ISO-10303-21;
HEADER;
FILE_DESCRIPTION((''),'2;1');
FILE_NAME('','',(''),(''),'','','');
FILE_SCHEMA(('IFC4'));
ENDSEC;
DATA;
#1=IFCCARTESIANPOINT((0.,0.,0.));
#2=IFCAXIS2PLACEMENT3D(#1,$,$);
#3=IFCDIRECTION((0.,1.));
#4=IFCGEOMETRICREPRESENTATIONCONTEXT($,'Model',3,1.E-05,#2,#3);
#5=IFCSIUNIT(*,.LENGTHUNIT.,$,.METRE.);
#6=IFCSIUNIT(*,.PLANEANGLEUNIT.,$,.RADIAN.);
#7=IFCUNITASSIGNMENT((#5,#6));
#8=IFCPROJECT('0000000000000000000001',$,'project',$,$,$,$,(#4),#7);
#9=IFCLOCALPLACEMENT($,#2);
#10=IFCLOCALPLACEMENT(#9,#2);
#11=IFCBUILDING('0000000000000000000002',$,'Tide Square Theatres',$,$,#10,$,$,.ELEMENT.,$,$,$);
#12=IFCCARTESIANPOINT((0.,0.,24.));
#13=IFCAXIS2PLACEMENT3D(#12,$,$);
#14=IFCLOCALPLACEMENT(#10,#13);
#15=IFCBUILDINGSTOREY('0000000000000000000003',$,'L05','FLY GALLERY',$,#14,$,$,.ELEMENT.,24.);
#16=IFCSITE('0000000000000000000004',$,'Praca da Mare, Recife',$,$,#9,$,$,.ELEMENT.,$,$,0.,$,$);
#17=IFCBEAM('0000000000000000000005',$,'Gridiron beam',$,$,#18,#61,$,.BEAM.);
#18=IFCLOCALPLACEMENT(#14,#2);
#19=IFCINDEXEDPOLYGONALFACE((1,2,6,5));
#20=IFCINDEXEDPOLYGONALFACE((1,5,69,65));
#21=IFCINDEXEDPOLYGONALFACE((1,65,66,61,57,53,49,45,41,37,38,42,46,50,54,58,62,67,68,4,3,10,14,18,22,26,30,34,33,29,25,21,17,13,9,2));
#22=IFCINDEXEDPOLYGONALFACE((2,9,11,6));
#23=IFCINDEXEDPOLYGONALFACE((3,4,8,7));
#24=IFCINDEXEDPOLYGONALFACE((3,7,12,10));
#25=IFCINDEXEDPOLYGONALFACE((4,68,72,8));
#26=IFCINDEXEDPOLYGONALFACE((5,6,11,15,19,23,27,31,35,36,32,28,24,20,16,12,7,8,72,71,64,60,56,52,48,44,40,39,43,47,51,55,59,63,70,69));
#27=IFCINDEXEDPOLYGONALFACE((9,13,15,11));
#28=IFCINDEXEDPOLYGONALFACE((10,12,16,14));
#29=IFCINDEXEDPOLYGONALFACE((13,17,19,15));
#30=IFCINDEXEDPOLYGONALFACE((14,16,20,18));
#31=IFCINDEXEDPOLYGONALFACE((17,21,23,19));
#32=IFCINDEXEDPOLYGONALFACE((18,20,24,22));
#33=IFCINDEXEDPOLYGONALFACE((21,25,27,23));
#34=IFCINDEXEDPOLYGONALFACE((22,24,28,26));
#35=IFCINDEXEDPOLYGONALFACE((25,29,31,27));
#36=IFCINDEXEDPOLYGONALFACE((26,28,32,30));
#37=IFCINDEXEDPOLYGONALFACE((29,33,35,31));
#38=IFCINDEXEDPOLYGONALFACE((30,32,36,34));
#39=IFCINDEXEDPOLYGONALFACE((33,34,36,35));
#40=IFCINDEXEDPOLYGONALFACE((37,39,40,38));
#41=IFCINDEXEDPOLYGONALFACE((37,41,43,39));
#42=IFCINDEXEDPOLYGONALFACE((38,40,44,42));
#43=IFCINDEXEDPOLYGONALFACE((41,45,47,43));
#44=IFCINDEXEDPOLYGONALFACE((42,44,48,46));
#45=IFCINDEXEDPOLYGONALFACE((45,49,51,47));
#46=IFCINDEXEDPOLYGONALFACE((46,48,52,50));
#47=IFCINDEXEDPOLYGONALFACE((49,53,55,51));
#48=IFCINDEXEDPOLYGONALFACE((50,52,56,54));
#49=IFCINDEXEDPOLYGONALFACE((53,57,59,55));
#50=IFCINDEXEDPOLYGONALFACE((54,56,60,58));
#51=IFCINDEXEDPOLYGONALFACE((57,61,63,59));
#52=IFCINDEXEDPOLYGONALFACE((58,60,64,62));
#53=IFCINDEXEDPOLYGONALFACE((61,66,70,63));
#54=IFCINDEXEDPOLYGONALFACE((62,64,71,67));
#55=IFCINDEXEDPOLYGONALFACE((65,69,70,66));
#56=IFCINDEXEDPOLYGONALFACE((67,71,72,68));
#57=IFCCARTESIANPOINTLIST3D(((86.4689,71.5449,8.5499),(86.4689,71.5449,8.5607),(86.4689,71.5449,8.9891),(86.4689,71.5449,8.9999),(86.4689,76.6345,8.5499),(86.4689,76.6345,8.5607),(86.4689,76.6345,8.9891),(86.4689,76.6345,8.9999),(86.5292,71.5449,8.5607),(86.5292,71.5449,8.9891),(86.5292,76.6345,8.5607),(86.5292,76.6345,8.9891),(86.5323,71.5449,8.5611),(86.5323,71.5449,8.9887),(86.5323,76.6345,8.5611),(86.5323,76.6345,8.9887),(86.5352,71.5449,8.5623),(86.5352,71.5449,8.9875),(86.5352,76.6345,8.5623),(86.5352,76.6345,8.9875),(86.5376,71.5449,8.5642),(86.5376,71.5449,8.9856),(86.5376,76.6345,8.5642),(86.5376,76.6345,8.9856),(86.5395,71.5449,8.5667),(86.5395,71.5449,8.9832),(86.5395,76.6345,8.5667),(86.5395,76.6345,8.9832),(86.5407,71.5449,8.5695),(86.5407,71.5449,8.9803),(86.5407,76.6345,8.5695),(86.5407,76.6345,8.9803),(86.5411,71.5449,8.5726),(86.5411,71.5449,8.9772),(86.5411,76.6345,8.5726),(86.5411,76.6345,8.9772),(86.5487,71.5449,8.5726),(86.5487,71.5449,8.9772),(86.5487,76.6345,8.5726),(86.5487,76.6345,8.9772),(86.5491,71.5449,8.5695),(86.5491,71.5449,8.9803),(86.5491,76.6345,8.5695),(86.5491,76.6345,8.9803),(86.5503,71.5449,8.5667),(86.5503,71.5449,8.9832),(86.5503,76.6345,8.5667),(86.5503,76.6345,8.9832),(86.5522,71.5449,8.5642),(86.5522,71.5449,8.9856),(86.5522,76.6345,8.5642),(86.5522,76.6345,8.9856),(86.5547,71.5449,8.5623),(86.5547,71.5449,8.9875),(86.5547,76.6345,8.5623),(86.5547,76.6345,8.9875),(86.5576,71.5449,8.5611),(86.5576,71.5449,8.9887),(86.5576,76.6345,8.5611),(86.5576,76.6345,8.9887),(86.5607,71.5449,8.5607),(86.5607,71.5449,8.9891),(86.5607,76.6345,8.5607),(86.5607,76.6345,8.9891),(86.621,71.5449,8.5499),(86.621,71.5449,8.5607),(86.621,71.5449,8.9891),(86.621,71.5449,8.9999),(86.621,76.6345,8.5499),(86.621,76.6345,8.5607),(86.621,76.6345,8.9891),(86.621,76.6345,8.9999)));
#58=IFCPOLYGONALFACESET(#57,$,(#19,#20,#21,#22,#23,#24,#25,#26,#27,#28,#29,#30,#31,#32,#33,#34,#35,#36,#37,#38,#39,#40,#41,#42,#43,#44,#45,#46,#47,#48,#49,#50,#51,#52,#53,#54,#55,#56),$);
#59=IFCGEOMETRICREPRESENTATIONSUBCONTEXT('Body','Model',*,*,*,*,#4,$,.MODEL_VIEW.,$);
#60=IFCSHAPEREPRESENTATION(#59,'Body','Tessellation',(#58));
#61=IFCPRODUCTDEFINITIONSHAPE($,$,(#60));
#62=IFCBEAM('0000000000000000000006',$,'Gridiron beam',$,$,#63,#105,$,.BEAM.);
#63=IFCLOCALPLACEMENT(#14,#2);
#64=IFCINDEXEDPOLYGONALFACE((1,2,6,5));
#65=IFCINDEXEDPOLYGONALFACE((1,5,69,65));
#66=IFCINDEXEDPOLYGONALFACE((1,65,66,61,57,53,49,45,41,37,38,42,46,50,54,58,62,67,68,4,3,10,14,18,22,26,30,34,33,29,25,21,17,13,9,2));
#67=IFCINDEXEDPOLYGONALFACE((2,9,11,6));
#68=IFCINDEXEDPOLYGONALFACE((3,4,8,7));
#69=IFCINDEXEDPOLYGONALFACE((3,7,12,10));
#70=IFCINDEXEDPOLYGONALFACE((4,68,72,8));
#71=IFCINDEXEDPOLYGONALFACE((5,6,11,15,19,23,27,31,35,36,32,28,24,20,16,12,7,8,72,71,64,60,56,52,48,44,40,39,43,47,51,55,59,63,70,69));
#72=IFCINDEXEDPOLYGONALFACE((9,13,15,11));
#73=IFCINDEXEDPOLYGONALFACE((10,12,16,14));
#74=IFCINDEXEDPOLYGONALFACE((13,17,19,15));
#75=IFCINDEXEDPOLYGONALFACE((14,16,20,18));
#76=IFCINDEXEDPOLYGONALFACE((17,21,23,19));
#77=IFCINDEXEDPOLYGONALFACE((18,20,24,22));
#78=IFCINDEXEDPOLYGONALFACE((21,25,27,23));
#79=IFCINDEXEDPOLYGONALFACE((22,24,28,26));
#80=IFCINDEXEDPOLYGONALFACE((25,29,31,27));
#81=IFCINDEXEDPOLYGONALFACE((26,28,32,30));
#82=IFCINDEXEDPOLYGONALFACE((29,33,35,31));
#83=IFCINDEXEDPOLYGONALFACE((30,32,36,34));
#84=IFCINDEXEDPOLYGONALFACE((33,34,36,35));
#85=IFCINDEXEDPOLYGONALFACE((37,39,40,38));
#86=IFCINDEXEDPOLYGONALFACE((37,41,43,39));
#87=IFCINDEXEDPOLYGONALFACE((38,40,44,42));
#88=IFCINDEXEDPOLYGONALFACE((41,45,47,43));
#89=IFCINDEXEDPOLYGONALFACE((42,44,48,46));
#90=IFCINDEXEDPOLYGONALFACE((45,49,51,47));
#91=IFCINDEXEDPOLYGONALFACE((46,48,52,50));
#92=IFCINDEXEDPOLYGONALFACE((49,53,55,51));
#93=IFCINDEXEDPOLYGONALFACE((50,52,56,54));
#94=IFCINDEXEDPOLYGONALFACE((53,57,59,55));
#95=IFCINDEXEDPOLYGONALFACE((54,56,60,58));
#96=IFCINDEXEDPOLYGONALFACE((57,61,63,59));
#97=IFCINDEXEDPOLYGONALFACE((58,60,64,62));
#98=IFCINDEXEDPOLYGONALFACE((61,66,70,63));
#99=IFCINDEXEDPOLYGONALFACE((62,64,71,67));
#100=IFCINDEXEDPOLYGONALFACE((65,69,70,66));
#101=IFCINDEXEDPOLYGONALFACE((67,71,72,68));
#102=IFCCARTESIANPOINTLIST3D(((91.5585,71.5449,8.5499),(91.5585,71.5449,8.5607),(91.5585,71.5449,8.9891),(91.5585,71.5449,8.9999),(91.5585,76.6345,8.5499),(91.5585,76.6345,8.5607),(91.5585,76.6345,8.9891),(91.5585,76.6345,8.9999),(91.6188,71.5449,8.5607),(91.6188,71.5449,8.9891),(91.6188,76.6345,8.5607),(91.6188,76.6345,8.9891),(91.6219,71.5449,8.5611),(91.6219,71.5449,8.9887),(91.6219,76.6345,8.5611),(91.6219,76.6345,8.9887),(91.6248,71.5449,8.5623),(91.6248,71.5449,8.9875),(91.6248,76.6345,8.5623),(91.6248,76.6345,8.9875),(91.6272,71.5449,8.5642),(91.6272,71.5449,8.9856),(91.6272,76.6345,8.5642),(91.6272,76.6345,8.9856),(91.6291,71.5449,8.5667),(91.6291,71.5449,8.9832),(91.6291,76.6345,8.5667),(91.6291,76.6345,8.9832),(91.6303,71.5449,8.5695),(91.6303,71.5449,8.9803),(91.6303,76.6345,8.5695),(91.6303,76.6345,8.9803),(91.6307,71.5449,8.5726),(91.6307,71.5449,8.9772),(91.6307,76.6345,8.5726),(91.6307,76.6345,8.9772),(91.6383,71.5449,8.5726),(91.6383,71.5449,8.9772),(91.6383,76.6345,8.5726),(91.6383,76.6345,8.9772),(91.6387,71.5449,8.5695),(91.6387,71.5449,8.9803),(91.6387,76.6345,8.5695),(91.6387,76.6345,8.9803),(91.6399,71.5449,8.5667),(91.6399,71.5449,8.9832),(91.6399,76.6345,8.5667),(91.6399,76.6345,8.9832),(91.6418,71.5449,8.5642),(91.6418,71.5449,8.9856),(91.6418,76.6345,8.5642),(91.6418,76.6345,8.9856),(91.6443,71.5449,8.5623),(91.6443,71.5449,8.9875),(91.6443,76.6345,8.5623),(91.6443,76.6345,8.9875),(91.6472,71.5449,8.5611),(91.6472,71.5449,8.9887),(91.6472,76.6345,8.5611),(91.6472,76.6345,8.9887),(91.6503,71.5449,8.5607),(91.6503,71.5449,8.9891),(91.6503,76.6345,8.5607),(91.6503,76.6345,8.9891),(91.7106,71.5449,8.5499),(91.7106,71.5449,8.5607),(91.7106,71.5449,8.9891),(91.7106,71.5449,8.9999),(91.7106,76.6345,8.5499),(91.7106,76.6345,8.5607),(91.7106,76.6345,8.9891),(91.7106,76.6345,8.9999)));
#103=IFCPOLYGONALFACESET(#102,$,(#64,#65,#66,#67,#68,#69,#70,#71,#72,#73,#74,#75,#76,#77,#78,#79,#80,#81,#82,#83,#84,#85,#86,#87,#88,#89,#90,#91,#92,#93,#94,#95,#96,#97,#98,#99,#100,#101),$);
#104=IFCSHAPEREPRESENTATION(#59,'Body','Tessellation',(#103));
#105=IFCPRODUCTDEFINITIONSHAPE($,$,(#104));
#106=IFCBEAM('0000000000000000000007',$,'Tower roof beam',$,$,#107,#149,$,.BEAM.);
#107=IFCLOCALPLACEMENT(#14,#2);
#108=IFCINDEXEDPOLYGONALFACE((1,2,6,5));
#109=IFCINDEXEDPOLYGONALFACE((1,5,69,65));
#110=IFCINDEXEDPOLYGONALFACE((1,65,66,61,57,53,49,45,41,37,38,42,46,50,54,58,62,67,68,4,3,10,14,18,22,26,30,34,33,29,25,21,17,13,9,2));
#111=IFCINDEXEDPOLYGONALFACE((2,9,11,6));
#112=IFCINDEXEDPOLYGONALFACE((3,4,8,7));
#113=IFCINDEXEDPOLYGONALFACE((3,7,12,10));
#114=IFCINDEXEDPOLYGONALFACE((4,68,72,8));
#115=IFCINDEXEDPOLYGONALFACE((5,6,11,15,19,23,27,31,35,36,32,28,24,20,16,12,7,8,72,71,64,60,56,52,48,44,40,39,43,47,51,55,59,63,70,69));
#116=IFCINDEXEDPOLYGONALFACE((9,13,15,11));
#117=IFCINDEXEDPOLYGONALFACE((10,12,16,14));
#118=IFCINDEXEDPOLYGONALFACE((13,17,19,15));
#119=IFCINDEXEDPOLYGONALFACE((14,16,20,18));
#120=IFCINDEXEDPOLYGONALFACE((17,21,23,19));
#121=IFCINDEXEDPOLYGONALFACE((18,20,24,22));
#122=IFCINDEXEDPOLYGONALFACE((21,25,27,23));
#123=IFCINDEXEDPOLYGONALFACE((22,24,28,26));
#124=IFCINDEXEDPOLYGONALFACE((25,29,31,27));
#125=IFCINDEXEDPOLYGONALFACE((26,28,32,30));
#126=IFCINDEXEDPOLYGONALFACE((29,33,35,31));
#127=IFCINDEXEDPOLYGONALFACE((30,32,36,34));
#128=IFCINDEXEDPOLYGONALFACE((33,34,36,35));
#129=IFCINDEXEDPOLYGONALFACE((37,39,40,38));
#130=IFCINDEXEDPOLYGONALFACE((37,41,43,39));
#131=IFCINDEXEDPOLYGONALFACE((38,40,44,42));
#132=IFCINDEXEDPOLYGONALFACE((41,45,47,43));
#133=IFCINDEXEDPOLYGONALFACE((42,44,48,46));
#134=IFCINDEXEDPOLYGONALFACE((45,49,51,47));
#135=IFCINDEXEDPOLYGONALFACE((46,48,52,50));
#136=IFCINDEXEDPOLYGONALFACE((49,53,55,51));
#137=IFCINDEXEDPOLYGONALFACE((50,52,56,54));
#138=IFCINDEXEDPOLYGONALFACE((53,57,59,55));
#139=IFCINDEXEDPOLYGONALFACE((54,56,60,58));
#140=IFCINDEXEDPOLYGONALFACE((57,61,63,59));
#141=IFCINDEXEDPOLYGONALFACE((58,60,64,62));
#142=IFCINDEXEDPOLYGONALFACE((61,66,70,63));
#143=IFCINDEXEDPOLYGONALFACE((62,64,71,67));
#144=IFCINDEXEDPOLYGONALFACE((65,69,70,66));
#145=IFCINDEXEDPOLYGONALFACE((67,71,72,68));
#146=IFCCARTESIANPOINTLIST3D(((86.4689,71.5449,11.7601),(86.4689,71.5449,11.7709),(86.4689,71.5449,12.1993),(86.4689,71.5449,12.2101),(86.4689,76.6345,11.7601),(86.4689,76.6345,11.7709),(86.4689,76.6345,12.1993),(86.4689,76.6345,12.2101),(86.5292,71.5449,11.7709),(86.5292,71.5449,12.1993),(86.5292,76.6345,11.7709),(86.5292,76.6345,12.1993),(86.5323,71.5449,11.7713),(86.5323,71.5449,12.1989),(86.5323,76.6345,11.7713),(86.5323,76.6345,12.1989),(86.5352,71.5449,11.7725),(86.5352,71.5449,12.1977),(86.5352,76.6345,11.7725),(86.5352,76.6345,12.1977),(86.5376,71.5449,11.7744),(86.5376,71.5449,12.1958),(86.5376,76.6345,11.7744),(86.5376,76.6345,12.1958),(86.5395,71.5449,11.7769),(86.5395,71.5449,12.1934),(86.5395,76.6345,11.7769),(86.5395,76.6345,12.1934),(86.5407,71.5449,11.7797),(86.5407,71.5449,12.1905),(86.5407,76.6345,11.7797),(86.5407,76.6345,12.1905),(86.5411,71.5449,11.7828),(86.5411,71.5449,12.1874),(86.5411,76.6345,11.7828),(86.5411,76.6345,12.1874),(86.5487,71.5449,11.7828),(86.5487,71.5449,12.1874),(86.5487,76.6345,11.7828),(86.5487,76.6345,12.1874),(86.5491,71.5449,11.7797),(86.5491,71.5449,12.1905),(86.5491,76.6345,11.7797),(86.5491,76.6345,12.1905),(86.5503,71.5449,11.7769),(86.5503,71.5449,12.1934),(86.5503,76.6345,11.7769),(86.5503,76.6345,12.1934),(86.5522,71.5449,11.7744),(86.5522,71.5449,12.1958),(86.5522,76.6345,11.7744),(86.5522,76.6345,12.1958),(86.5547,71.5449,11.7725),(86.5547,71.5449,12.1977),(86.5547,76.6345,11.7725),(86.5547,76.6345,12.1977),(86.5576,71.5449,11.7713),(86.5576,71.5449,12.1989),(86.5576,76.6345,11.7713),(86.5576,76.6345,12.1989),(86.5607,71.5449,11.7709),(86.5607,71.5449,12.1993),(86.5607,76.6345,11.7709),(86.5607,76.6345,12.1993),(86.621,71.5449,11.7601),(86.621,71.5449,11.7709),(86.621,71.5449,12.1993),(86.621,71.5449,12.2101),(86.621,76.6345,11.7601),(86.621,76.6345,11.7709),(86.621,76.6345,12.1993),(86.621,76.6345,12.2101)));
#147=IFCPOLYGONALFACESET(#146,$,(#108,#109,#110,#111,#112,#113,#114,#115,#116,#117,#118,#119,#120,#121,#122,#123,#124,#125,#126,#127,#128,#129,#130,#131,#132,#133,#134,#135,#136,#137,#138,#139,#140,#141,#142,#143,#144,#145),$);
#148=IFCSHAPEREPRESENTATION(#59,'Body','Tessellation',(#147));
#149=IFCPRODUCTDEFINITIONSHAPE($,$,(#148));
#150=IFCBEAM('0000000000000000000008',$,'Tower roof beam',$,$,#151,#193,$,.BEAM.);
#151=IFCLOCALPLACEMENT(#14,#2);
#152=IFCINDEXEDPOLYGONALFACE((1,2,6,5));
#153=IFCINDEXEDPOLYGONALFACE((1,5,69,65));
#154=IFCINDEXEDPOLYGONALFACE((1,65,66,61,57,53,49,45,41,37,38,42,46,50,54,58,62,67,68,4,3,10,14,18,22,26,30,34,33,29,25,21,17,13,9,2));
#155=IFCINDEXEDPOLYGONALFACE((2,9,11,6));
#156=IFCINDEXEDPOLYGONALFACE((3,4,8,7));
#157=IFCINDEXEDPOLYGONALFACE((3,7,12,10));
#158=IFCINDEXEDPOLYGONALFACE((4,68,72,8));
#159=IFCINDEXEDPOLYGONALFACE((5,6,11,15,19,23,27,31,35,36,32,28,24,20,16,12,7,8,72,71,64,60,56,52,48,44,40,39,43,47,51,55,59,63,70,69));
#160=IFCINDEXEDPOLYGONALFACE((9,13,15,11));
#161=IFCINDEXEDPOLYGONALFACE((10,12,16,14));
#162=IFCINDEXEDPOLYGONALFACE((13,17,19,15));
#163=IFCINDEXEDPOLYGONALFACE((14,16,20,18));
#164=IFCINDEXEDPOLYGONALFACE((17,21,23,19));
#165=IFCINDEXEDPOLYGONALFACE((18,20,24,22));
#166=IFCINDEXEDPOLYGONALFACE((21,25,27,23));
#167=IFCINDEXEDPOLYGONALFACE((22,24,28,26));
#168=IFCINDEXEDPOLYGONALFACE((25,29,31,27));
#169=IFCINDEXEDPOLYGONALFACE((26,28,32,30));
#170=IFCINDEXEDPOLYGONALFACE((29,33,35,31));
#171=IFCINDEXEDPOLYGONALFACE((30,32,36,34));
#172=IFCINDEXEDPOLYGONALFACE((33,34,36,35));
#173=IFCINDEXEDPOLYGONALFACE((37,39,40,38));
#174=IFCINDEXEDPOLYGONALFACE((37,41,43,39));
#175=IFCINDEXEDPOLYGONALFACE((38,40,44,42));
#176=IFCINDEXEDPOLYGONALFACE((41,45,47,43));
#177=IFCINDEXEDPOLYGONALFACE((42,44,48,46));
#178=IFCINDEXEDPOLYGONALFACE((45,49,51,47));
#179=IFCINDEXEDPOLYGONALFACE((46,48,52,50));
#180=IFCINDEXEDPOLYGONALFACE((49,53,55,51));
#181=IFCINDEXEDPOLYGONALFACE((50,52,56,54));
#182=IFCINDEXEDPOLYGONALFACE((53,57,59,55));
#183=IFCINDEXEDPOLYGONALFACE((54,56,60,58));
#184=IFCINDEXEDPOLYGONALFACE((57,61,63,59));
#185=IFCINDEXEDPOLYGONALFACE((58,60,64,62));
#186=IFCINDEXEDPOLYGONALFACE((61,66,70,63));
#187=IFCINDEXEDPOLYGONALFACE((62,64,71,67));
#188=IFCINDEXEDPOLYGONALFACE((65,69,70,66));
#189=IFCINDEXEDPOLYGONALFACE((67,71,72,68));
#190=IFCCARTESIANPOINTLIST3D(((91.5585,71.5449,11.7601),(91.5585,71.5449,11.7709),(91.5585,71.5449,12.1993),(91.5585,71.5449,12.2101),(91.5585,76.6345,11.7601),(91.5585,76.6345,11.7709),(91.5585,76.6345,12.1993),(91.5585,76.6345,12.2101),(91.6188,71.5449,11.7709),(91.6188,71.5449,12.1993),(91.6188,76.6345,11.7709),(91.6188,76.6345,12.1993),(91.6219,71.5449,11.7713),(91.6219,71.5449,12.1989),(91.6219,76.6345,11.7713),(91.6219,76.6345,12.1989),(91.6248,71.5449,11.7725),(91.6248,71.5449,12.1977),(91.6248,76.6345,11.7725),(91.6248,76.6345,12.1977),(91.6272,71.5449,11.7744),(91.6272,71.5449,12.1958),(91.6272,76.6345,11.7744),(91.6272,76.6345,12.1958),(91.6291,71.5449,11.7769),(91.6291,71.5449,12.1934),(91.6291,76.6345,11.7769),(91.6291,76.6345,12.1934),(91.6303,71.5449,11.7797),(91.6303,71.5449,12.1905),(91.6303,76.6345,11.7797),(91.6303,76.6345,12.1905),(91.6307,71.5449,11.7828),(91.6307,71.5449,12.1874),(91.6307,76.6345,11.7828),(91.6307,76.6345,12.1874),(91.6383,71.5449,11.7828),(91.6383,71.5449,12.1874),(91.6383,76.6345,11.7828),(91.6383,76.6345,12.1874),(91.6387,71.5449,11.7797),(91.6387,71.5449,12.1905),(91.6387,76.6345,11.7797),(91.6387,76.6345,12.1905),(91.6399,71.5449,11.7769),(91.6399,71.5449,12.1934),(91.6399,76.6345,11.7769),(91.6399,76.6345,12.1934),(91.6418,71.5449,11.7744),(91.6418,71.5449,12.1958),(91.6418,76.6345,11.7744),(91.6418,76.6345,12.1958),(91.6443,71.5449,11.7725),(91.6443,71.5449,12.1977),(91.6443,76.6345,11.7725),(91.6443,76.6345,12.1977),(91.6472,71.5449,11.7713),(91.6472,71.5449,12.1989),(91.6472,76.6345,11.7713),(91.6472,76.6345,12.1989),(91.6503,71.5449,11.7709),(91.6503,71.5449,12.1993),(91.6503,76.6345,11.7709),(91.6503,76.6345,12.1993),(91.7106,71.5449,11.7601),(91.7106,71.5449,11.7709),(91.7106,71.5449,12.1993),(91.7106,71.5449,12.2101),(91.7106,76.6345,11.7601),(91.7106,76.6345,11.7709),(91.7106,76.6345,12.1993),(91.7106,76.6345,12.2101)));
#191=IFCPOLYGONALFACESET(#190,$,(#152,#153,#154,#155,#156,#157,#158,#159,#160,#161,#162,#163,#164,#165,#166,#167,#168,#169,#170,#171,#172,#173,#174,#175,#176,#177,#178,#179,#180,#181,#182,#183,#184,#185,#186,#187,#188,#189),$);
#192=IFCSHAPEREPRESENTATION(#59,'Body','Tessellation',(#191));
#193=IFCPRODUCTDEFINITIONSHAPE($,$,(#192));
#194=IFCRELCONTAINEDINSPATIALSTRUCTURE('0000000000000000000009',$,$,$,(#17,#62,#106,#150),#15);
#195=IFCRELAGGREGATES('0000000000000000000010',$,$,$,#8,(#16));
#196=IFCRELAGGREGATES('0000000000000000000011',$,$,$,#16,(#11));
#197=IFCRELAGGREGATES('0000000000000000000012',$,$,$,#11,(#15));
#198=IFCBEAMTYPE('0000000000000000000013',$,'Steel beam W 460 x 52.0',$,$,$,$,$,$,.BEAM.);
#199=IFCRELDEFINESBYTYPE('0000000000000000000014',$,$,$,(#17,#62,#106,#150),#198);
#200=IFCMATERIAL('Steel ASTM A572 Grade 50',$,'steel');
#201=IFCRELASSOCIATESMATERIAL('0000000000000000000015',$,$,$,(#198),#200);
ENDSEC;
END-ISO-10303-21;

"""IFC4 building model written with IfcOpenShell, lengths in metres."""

from ifc_helpers import new_model, si_unit, direction, frame, origin, origin_2d, place, context, subcontext, project, spatial, i_section, extrude, material, material_profile, profile_set, type_object, element, save


model = new_model("IFC4")

# Units and contexts
model_context = context("Model", 3, precision=1e-05, world=origin(), true_north=direction((0.0, 1.0)))
body_context = subcontext(model_context, "Body", "Model", "MODEL_VIEW")
ifc_project = project(units=[si_unit("LENGTHUNIT", "METRE"), si_unit("PLANEANGLEUNIT", "RADIAN")], contexts=[model_context])

# Site, building, storey
site_placement = place(None, origin())
site = spatial("IfcSite", under=ifc_project, at=site_placement, Name="Praca da Mare, Recife", CompositionType="ELEMENT", RefElevation=0.0)
building_placement = place(site_placement, origin())
building = spatial("IfcBuilding", under=site, at=building_placement, Name="Tide Square Theatres", CompositionType="ELEMENT")
storey_placement = place(building_placement, frame((0.0, 0.0, 24.0)))
storey = spatial("IfcBuildingStorey", under=building, at=storey_placement, Name="L05", Description="FLY GALLERY", CompositionType="ELEMENT", Elevation=24.0)

# Beams
ifc_material_1 = material(Name="Steel ASTM A572 Grade 50", Category="steel")
ifc_material_profile_1 = material_profile(ifc_material_1, i_section(OverallWidth=0.1521, OverallDepth=0.45, WebThickness=0.0076, FlangeThickness=0.0107, FilletRadius=0.012, at=origin_2d()))
ifc_profile_set_1 = profile_set([ifc_material_profile_1], Name="Steel ASTM A572 Grade 50")
beam_type_1 = type_object("IfcBeamType", Name="Steel beam W 460 x 52.0", PredefinedType="BEAM", material=ifc_profile_set_1)
for number, where, z_axis, x_axis, name in (
    (1, (86.5449, 71.5449, 8.7749), (0.0, 1.0, 0.0), (-1.0, 0.0, 0.0), "Gridiron beam"),
    (2, (91.6345, 71.5449, 8.7749), (0.0, 1.0, 0.0), (-1.0, 0.0, 0.0), "Gridiron beam"),
    (3, (86.5449, 71.5449, 11.9851), (0.0, 1.0, 0.0), (-1.0, 0.0, 0.0), "Tower roof beam"),
    (4, (91.6345, 71.5449, 11.9851), (0.0, 1.0, 0.0), (-1.0, 0.0, 0.0), "Tower roof beam"),
):
    element("IfcBeam", number, at=place(storey_placement, frame(where, z_axis=z_axis, x_axis=x_axis)), inside=storey, type_object=beam_type_1, Name=name, PredefinedType="BEAM", context=body_context, shape_type="SweptSolid", body=[
        extrude(i_section(OverallWidth=0.1521, OverallDepth=0.45, WebThickness=0.0076, FlangeThickness=0.0107, FilletRadius=0.012, at=origin_2d()), origin(), (0.0, 0.0, 1.0), 5.0896),
    ])

save(model, "model.ifc")
